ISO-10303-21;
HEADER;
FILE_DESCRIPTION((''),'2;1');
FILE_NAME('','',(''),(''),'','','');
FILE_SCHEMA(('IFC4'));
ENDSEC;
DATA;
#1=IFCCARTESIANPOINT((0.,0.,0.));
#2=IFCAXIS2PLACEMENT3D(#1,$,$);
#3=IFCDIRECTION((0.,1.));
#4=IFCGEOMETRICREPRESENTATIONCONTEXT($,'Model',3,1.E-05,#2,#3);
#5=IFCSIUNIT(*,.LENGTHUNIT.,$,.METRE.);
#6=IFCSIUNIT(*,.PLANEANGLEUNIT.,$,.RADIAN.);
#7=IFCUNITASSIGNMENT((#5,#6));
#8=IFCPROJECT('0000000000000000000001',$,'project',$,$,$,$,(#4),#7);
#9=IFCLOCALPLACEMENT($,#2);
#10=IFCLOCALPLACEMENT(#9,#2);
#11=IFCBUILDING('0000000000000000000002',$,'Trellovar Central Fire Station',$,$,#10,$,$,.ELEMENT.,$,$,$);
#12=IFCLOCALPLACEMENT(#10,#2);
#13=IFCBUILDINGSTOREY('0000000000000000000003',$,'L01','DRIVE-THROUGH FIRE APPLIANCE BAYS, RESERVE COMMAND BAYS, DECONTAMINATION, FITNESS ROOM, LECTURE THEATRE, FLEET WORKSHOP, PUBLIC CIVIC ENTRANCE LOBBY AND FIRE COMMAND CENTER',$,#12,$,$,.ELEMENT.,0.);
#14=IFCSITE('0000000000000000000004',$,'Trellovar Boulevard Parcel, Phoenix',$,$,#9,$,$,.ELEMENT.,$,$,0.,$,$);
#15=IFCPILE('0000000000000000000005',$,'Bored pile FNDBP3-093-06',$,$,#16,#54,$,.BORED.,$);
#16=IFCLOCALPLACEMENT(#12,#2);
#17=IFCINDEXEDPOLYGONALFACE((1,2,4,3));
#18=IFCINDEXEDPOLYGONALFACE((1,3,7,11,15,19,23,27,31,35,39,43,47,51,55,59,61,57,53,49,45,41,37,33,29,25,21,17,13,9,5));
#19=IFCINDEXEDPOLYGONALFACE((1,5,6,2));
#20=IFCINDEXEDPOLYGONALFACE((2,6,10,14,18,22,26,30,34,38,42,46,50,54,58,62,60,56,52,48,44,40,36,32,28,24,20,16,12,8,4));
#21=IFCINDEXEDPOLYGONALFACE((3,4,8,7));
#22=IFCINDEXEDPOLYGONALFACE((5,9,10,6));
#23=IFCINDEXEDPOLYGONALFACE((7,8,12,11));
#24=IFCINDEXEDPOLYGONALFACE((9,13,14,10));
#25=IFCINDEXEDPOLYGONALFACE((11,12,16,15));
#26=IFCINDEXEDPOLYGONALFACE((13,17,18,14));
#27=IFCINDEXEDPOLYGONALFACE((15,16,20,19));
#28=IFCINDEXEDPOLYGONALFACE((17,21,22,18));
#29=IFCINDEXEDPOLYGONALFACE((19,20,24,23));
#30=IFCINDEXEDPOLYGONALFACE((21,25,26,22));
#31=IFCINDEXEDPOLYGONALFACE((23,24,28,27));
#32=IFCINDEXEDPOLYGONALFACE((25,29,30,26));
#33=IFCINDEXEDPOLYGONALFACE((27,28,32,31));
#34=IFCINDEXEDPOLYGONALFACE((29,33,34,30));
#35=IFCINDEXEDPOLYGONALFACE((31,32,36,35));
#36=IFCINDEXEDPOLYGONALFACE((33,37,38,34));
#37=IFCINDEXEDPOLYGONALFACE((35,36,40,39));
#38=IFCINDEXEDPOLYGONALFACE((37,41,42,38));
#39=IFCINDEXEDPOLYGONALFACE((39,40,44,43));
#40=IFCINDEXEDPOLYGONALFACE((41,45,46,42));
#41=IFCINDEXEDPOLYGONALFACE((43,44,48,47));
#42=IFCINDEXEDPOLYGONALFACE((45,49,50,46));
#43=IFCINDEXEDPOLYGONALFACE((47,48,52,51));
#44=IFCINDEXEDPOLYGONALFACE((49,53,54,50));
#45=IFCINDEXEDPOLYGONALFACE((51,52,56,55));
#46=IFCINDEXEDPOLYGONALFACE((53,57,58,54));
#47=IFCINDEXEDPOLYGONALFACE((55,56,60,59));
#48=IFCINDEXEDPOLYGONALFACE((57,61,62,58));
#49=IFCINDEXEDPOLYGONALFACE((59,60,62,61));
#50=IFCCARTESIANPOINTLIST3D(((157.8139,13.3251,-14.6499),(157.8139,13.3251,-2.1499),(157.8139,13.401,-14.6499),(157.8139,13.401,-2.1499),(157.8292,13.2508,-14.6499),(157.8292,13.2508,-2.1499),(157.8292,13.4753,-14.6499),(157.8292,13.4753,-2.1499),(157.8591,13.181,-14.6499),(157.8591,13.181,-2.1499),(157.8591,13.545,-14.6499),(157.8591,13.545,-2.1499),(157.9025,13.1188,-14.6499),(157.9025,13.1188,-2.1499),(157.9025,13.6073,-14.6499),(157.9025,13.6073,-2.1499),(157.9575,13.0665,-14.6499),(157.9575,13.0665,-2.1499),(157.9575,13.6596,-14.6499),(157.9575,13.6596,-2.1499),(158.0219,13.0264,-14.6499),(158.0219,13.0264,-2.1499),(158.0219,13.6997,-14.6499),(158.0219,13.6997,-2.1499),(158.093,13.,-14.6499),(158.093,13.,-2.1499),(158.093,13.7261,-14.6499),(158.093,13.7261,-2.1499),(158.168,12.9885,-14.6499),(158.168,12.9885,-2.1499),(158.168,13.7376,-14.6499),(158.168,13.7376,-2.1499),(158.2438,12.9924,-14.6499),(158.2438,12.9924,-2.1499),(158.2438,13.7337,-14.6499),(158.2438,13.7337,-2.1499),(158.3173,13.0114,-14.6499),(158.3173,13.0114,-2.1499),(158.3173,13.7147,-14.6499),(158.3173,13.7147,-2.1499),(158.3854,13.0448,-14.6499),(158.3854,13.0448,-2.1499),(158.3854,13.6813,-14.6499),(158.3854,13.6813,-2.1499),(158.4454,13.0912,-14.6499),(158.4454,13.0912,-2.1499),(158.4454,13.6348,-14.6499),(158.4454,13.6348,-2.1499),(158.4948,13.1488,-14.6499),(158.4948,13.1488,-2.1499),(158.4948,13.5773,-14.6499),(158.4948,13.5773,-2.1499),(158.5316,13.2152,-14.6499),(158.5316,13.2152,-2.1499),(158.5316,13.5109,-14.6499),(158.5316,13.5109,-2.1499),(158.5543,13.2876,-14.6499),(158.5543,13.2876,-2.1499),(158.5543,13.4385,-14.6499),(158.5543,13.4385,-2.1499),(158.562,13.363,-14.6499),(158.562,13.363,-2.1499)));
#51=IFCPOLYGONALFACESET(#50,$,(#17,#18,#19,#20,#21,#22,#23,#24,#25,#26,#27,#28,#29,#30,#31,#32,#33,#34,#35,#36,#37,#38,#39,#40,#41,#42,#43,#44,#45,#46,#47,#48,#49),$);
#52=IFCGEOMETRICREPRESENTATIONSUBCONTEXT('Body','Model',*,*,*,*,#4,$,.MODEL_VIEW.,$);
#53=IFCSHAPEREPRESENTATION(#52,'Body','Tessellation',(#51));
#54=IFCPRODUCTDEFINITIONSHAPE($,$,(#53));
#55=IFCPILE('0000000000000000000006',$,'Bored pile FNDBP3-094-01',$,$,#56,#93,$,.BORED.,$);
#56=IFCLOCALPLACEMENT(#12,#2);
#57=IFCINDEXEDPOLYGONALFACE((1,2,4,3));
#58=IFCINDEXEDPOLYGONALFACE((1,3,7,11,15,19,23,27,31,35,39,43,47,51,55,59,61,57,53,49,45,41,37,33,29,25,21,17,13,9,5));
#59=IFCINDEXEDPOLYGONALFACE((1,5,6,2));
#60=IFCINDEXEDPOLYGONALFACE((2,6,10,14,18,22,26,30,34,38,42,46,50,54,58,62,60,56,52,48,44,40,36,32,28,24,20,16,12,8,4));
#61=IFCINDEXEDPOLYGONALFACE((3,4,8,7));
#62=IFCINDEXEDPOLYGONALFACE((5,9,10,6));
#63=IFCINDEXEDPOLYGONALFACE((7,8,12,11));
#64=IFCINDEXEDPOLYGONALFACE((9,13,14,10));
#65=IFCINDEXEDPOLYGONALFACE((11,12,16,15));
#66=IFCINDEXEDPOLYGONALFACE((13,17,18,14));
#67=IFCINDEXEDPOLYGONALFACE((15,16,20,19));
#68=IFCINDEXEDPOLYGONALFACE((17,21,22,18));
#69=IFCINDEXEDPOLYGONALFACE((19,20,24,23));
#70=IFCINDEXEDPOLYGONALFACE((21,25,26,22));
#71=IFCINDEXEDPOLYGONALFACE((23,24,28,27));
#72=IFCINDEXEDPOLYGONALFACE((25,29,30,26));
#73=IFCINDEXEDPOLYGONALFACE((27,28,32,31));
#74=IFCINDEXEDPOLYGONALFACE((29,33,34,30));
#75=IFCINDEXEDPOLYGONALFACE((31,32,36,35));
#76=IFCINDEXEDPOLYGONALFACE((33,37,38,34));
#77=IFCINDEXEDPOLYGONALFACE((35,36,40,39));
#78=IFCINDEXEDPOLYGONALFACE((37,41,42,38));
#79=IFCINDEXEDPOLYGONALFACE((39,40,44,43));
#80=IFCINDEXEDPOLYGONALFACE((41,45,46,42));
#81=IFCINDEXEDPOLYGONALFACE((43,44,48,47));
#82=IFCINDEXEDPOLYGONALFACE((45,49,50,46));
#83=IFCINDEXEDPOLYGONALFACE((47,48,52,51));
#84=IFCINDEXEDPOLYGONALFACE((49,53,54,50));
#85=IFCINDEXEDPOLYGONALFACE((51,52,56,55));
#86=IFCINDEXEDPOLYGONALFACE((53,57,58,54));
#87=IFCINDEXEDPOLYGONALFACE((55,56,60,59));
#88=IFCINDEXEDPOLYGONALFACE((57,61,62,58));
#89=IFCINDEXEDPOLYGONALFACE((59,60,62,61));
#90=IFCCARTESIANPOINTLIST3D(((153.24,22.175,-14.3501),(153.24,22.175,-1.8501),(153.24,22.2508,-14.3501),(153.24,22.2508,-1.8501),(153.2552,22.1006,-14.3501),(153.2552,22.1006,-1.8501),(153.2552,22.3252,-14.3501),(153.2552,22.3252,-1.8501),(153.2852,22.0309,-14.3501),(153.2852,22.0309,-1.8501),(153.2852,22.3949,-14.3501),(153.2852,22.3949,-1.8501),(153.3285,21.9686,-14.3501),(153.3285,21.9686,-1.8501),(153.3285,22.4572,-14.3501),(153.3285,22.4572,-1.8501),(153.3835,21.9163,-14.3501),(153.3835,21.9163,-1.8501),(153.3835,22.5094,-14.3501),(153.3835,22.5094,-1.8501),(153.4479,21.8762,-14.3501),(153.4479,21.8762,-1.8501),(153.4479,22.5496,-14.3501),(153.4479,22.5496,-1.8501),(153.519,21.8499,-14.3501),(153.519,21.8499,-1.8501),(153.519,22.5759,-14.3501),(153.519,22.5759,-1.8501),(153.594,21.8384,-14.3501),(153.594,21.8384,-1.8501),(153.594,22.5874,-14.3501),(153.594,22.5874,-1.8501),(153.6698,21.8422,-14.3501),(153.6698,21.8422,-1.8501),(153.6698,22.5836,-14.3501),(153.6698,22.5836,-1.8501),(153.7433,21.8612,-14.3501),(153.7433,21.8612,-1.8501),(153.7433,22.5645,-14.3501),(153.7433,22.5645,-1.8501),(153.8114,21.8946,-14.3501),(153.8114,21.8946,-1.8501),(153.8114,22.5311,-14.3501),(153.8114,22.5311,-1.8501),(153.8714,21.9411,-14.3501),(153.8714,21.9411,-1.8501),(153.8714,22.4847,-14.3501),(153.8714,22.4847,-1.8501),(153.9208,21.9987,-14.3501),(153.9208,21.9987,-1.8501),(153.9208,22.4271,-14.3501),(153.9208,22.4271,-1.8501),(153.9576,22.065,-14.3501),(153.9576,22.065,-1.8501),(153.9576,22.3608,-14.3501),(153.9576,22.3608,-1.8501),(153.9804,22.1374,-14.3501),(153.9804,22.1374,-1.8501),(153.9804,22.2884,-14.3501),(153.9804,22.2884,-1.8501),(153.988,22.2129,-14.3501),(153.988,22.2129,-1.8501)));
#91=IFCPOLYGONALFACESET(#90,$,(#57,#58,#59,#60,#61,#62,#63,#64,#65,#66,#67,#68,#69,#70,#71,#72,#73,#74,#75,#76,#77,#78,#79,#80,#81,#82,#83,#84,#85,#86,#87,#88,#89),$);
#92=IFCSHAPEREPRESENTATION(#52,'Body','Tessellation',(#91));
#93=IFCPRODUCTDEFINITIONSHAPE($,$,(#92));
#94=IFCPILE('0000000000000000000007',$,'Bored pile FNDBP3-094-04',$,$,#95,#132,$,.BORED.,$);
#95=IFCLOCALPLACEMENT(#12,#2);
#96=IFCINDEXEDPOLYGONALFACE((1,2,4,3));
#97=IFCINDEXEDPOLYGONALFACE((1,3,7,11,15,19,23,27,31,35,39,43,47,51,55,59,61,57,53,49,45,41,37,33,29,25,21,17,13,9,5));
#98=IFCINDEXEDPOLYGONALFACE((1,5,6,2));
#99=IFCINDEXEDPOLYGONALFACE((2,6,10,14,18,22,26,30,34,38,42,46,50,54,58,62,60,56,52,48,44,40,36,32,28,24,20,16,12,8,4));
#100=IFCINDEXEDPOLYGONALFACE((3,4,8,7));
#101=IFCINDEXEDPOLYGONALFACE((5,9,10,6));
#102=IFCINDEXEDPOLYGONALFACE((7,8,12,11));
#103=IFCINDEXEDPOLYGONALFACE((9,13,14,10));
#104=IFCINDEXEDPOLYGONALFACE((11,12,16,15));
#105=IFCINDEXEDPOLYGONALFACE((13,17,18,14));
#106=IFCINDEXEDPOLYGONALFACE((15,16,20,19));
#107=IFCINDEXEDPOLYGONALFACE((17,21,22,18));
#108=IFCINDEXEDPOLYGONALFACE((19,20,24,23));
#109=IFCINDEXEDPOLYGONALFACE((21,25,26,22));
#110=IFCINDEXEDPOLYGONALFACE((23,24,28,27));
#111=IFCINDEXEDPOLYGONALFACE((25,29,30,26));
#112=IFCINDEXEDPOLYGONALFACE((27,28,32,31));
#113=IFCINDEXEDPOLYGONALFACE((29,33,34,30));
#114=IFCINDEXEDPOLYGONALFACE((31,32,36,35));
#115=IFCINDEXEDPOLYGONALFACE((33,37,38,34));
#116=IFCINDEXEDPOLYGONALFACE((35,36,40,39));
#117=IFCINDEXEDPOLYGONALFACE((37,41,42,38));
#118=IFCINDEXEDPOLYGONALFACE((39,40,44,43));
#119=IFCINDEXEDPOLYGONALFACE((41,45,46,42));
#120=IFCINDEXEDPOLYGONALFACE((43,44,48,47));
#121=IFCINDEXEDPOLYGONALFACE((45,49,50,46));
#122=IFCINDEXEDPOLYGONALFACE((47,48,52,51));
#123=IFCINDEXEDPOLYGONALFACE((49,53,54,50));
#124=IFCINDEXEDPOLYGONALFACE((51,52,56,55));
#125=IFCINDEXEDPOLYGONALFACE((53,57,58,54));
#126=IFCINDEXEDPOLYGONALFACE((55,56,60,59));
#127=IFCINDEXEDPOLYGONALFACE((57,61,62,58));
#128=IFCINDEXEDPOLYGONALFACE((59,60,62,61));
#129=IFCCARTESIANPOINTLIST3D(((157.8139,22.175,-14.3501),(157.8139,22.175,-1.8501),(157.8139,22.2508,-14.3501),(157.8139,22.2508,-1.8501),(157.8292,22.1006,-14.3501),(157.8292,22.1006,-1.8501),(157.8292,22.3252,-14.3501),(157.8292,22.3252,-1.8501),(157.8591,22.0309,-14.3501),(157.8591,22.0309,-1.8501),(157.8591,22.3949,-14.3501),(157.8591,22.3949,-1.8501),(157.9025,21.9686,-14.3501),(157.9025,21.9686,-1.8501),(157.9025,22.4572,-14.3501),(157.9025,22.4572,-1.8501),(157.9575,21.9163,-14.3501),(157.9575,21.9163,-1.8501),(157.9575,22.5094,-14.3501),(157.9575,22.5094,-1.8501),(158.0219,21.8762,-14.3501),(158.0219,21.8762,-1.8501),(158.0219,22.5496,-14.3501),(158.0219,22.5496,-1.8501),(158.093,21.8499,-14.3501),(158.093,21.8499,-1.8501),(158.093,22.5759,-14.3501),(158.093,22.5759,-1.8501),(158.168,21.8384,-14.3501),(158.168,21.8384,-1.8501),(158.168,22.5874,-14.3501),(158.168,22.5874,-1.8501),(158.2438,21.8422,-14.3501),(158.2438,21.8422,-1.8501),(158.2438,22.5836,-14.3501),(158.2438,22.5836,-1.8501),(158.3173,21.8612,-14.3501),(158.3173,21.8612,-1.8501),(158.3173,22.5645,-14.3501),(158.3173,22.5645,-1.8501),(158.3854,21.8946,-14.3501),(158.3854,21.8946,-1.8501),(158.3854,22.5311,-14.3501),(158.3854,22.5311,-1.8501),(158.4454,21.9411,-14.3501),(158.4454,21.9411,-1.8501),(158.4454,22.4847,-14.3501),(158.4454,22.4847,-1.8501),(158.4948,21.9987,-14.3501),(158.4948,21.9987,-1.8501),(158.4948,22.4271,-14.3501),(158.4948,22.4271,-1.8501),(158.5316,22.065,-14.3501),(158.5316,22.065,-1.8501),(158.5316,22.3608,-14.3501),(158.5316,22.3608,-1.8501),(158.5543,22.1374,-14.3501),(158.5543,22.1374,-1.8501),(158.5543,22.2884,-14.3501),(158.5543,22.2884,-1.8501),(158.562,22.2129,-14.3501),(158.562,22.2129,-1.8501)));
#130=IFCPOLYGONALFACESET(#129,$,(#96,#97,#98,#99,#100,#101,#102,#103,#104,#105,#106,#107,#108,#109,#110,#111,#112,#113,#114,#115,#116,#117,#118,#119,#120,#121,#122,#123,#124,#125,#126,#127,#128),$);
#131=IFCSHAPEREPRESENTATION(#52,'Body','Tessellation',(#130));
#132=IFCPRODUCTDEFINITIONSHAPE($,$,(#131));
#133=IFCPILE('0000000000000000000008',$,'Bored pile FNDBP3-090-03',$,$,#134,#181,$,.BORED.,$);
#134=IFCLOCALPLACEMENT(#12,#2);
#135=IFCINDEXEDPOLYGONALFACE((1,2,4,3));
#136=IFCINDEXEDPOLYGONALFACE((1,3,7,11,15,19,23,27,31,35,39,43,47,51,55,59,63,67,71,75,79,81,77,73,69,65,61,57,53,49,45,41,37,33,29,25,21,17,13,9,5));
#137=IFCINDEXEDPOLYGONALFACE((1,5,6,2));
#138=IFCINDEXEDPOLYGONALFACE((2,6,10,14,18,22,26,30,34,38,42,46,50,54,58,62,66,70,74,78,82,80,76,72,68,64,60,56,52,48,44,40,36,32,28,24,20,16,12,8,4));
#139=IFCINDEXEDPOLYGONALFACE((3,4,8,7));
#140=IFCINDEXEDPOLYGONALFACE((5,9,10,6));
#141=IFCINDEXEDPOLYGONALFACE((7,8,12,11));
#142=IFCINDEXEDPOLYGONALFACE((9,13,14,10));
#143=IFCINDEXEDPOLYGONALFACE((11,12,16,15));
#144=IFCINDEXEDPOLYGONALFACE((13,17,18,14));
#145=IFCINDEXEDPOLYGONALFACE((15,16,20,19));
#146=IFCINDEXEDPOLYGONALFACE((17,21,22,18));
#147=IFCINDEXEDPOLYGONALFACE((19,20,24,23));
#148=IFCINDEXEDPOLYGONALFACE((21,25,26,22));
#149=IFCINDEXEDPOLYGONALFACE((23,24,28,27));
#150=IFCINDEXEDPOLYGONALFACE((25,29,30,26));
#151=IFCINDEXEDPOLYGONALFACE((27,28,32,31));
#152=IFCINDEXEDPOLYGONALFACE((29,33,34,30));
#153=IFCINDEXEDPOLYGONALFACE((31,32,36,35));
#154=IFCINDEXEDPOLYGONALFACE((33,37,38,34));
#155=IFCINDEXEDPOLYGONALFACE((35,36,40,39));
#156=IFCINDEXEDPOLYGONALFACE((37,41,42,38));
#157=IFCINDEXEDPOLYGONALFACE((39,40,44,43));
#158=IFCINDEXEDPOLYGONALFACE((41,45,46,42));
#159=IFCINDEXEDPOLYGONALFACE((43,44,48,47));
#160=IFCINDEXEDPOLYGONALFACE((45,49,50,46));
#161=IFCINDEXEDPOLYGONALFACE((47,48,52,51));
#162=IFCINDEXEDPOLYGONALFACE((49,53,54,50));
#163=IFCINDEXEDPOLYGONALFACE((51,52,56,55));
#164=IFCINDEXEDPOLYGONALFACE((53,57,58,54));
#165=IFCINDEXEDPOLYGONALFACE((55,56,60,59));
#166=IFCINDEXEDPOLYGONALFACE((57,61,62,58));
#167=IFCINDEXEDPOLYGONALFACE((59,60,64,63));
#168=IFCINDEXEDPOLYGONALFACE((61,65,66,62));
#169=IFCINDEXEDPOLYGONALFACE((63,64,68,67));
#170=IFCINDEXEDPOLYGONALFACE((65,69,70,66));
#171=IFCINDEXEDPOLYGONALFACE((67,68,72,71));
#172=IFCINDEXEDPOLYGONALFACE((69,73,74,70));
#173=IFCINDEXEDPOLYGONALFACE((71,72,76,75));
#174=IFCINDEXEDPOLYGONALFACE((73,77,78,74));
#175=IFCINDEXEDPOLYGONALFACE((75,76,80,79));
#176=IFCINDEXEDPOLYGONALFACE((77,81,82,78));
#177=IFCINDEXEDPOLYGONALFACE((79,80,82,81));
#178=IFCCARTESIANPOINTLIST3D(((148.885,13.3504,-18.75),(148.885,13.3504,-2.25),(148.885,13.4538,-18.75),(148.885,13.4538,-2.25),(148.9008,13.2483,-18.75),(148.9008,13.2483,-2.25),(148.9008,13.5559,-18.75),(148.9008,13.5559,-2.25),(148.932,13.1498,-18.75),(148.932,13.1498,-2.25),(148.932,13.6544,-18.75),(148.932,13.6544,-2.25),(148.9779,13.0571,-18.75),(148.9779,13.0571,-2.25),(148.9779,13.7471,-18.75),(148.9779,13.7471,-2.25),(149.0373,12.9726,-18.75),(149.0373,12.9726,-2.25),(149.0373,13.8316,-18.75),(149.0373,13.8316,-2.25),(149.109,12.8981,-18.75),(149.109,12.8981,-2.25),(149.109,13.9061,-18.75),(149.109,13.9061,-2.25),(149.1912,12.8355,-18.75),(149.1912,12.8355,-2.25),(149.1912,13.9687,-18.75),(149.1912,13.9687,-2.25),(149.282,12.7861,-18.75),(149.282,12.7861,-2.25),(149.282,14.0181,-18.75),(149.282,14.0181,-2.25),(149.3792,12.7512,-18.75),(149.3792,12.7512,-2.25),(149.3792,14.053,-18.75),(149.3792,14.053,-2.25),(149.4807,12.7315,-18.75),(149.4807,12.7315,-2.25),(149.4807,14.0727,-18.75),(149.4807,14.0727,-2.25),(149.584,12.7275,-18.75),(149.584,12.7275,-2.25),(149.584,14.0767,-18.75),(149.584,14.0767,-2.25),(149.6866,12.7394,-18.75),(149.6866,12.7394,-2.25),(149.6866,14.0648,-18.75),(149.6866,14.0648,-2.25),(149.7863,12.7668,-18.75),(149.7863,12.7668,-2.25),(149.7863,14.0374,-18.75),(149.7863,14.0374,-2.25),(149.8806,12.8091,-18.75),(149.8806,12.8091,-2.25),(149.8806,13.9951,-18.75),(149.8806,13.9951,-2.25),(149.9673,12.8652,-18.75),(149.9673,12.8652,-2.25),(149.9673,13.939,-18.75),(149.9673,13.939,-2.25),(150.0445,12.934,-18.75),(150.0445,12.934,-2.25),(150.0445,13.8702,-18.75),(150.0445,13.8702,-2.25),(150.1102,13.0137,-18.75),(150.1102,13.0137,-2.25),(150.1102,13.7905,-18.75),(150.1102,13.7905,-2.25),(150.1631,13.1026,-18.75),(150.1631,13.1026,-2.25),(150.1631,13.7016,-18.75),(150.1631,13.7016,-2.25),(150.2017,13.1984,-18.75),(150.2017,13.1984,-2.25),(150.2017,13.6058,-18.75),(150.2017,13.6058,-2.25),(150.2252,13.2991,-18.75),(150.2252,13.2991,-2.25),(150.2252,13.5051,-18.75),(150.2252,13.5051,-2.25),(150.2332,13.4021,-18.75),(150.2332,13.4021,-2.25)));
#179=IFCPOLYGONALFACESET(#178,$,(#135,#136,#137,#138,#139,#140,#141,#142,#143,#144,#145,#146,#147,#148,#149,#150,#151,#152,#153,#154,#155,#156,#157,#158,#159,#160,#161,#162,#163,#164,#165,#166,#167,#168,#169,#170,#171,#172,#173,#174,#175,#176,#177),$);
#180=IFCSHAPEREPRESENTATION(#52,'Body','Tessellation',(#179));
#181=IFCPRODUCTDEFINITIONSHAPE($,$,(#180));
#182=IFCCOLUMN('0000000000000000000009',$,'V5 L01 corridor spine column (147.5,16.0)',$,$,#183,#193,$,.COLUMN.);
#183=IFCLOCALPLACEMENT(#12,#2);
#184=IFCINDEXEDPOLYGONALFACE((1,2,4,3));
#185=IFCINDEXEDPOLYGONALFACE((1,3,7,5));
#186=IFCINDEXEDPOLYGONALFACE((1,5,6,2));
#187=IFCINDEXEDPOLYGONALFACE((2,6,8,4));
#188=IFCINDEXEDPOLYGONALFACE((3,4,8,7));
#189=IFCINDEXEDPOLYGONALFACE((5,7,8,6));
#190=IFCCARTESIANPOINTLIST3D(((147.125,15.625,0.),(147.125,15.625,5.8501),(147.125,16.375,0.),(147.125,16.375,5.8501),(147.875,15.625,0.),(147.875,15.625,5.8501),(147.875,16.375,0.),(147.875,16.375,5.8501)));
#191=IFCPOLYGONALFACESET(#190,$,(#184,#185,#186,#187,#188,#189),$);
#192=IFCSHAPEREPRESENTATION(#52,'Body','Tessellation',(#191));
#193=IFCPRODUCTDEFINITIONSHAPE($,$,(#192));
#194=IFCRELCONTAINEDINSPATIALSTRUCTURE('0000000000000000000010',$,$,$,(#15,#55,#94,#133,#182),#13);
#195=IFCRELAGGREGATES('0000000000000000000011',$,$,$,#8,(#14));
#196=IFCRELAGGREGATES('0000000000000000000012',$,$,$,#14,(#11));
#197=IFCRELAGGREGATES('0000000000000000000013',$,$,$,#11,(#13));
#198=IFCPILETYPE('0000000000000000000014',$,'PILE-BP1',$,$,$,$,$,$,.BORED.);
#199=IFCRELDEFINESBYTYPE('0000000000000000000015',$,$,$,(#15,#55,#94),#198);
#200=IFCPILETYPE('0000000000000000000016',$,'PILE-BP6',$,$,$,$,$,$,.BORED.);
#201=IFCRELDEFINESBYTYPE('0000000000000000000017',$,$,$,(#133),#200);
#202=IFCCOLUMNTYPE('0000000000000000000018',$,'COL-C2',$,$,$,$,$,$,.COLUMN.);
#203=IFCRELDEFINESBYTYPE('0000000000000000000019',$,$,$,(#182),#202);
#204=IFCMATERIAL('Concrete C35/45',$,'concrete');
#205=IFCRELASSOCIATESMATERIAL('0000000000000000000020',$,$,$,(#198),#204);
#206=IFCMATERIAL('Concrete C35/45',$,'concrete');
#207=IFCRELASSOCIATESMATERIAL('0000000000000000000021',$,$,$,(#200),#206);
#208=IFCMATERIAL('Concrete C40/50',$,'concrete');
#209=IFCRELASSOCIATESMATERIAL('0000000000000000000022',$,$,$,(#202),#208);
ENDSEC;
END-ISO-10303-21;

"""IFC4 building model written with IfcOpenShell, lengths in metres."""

from ifc_helpers import new_model, si_unit, direction, frame, origin, origin_2d, place, context, subcontext, project, spatial, rectangle, circle, extrude, material, material_profile, profile_set, type_object, element, save


model = new_model("IFC4")

# Units and contexts
model_context = context("Model", 3, precision=1e-05, world=origin(), true_north=direction((0.0, 1.0)))
body_context = subcontext(model_context, "Body", "Model", "MODEL_VIEW")
ifc_project = project(units=[si_unit("LENGTHUNIT", "METRE"), si_unit("PLANEANGLEUNIT", "RADIAN")], contexts=[model_context])

# Site, building, storey
site_placement = place(None, origin())
site = spatial("IfcSite", under=ifc_project, at=site_placement, Name="Trellovar Boulevard Parcel, Phoenix", CompositionType="ELEMENT", RefElevation=0.0)
building_placement = place(site_placement, origin())
building = spatial("IfcBuilding", under=site, at=building_placement, Name="Trellovar Central Fire Station", CompositionType="ELEMENT")
storey_placement = place(building_placement, origin())
storey = spatial("IfcBuildingStorey", under=building, at=storey_placement, Name="L01", Description="DRIVE-THROUGH FIRE APPLIANCE BAYS, RESERVE COMMAND BAYS, DECONTAMINATION, FITNESS ROOM, LECTURE THEATRE, FLEET WORKSHOP, PUBLIC CIVIC ENTRANCE LOBBY AND FIRE COMMAND CENTER", CompositionType="ELEMENT", Elevation=0.0)

# Piles
ifc_material_1 = material(Name="Concrete C35/45", Category="concrete")
ifc_material_profile_1 = material_profile(ifc_material_1, circle(Radius=0.375, at=origin_2d()), Name="PILE750")
ifc_profile_set_1 = profile_set([ifc_material_profile_1], Name="Concrete C35/45")
pile_type_1 = type_object("IfcPileType", Name="PILE-BP1", PredefinedType="BORED", material=ifc_profile_set_1)
for number, where, z_axis, x_axis, name in (
    (1, (158.187, 13.363, -2.1499), (0.0, 0.0, -1.0), (1.0, 0.0, 0.0), "Bored pile FNDBP3-093-06"),
    (2, (153.613, 22.2129, -1.8501), (0.0, 0.0, -1.0), (1.0, 0.0, 0.0), "Bored pile FNDBP3-094-01"),
    (3, (158.187, 22.2129, -1.8501), (0.0, 0.0, -1.0), (1.0, 0.0, 0.0), "Bored pile FNDBP3-094-04"),
):
    element("IfcPile", number, at=place(storey_placement, frame(where, z_axis=z_axis, x_axis=x_axis)), inside=storey, type_object=pile_type_1, Name=name, PredefinedType="BORED", context=body_context, shape_type="SweptSolid", body=[
        extrude(circle(Radius=0.375, at=origin_2d()), origin(), (0.0, 0.0, 1.0), 12.5),
    ])
ifc_material_2 = material(Name="Concrete C35/45", Category="concrete")
ifc_material_profile_2 = material_profile(ifc_material_2, circle(Radius=0.675, at=origin_2d()), Name="PILE1350")
ifc_profile_set_2 = profile_set([ifc_material_profile_2], Name="Concrete C35/45")
pile_type_2 = type_object("IfcPileType", Name="PILE-BP6", PredefinedType="BORED", material=ifc_profile_set_2)
pile_placement = place(storey_placement, frame((149.5581, 13.4021, -2.25), z_axis=(0.0, 0.0, -1.0), x_axis=(1.0, 0.0, 0.0)))
element("IfcPile", 4, at=pile_placement, inside=storey, type_object=pile_type_2, Name="Bored pile FNDBP3-090-03", PredefinedType="BORED", context=body_context, shape_type="SweptSolid", body=[
    extrude(circle(Radius=0.675, at=origin_2d()), origin(), (0.0, 0.0, 1.0), 16.5),
])

# Column
ifc_material_3 = material(Name="Concrete C40/50", Category="concrete")
ifc_material_profile_3 = material_profile(ifc_material_3, rectangle(XDim=0.75, YDim=0.75, at=origin_2d()), Name="RC750X750")
ifc_profile_set_3 = profile_set([ifc_material_profile_3], Name="Concrete C40/50")
column_type_1 = type_object("IfcColumnType", Name="COL-C2", PredefinedType="COLUMN", material=ifc_profile_set_3)
column_1_placement = place(storey_placement, frame((147.5, 16.0, 0.0), z_axis=(0.0, 0.0, 1.0), x_axis=(1.0, 0.0, 0.0)))
element("IfcColumn", 5, at=column_1_placement, inside=storey, type_object=column_type_1, Name="V5 L01 corridor spine column (147.5,16.0)", PredefinedType="COLUMN", context=body_context, shape_type="SweptSolid", body=[
    extrude(rectangle(XDim=0.75, YDim=0.75, at=origin_2d()), origin(), (0.0, 0.0, 1.0), 5.8501),
])

save(model, "model.ifc")
